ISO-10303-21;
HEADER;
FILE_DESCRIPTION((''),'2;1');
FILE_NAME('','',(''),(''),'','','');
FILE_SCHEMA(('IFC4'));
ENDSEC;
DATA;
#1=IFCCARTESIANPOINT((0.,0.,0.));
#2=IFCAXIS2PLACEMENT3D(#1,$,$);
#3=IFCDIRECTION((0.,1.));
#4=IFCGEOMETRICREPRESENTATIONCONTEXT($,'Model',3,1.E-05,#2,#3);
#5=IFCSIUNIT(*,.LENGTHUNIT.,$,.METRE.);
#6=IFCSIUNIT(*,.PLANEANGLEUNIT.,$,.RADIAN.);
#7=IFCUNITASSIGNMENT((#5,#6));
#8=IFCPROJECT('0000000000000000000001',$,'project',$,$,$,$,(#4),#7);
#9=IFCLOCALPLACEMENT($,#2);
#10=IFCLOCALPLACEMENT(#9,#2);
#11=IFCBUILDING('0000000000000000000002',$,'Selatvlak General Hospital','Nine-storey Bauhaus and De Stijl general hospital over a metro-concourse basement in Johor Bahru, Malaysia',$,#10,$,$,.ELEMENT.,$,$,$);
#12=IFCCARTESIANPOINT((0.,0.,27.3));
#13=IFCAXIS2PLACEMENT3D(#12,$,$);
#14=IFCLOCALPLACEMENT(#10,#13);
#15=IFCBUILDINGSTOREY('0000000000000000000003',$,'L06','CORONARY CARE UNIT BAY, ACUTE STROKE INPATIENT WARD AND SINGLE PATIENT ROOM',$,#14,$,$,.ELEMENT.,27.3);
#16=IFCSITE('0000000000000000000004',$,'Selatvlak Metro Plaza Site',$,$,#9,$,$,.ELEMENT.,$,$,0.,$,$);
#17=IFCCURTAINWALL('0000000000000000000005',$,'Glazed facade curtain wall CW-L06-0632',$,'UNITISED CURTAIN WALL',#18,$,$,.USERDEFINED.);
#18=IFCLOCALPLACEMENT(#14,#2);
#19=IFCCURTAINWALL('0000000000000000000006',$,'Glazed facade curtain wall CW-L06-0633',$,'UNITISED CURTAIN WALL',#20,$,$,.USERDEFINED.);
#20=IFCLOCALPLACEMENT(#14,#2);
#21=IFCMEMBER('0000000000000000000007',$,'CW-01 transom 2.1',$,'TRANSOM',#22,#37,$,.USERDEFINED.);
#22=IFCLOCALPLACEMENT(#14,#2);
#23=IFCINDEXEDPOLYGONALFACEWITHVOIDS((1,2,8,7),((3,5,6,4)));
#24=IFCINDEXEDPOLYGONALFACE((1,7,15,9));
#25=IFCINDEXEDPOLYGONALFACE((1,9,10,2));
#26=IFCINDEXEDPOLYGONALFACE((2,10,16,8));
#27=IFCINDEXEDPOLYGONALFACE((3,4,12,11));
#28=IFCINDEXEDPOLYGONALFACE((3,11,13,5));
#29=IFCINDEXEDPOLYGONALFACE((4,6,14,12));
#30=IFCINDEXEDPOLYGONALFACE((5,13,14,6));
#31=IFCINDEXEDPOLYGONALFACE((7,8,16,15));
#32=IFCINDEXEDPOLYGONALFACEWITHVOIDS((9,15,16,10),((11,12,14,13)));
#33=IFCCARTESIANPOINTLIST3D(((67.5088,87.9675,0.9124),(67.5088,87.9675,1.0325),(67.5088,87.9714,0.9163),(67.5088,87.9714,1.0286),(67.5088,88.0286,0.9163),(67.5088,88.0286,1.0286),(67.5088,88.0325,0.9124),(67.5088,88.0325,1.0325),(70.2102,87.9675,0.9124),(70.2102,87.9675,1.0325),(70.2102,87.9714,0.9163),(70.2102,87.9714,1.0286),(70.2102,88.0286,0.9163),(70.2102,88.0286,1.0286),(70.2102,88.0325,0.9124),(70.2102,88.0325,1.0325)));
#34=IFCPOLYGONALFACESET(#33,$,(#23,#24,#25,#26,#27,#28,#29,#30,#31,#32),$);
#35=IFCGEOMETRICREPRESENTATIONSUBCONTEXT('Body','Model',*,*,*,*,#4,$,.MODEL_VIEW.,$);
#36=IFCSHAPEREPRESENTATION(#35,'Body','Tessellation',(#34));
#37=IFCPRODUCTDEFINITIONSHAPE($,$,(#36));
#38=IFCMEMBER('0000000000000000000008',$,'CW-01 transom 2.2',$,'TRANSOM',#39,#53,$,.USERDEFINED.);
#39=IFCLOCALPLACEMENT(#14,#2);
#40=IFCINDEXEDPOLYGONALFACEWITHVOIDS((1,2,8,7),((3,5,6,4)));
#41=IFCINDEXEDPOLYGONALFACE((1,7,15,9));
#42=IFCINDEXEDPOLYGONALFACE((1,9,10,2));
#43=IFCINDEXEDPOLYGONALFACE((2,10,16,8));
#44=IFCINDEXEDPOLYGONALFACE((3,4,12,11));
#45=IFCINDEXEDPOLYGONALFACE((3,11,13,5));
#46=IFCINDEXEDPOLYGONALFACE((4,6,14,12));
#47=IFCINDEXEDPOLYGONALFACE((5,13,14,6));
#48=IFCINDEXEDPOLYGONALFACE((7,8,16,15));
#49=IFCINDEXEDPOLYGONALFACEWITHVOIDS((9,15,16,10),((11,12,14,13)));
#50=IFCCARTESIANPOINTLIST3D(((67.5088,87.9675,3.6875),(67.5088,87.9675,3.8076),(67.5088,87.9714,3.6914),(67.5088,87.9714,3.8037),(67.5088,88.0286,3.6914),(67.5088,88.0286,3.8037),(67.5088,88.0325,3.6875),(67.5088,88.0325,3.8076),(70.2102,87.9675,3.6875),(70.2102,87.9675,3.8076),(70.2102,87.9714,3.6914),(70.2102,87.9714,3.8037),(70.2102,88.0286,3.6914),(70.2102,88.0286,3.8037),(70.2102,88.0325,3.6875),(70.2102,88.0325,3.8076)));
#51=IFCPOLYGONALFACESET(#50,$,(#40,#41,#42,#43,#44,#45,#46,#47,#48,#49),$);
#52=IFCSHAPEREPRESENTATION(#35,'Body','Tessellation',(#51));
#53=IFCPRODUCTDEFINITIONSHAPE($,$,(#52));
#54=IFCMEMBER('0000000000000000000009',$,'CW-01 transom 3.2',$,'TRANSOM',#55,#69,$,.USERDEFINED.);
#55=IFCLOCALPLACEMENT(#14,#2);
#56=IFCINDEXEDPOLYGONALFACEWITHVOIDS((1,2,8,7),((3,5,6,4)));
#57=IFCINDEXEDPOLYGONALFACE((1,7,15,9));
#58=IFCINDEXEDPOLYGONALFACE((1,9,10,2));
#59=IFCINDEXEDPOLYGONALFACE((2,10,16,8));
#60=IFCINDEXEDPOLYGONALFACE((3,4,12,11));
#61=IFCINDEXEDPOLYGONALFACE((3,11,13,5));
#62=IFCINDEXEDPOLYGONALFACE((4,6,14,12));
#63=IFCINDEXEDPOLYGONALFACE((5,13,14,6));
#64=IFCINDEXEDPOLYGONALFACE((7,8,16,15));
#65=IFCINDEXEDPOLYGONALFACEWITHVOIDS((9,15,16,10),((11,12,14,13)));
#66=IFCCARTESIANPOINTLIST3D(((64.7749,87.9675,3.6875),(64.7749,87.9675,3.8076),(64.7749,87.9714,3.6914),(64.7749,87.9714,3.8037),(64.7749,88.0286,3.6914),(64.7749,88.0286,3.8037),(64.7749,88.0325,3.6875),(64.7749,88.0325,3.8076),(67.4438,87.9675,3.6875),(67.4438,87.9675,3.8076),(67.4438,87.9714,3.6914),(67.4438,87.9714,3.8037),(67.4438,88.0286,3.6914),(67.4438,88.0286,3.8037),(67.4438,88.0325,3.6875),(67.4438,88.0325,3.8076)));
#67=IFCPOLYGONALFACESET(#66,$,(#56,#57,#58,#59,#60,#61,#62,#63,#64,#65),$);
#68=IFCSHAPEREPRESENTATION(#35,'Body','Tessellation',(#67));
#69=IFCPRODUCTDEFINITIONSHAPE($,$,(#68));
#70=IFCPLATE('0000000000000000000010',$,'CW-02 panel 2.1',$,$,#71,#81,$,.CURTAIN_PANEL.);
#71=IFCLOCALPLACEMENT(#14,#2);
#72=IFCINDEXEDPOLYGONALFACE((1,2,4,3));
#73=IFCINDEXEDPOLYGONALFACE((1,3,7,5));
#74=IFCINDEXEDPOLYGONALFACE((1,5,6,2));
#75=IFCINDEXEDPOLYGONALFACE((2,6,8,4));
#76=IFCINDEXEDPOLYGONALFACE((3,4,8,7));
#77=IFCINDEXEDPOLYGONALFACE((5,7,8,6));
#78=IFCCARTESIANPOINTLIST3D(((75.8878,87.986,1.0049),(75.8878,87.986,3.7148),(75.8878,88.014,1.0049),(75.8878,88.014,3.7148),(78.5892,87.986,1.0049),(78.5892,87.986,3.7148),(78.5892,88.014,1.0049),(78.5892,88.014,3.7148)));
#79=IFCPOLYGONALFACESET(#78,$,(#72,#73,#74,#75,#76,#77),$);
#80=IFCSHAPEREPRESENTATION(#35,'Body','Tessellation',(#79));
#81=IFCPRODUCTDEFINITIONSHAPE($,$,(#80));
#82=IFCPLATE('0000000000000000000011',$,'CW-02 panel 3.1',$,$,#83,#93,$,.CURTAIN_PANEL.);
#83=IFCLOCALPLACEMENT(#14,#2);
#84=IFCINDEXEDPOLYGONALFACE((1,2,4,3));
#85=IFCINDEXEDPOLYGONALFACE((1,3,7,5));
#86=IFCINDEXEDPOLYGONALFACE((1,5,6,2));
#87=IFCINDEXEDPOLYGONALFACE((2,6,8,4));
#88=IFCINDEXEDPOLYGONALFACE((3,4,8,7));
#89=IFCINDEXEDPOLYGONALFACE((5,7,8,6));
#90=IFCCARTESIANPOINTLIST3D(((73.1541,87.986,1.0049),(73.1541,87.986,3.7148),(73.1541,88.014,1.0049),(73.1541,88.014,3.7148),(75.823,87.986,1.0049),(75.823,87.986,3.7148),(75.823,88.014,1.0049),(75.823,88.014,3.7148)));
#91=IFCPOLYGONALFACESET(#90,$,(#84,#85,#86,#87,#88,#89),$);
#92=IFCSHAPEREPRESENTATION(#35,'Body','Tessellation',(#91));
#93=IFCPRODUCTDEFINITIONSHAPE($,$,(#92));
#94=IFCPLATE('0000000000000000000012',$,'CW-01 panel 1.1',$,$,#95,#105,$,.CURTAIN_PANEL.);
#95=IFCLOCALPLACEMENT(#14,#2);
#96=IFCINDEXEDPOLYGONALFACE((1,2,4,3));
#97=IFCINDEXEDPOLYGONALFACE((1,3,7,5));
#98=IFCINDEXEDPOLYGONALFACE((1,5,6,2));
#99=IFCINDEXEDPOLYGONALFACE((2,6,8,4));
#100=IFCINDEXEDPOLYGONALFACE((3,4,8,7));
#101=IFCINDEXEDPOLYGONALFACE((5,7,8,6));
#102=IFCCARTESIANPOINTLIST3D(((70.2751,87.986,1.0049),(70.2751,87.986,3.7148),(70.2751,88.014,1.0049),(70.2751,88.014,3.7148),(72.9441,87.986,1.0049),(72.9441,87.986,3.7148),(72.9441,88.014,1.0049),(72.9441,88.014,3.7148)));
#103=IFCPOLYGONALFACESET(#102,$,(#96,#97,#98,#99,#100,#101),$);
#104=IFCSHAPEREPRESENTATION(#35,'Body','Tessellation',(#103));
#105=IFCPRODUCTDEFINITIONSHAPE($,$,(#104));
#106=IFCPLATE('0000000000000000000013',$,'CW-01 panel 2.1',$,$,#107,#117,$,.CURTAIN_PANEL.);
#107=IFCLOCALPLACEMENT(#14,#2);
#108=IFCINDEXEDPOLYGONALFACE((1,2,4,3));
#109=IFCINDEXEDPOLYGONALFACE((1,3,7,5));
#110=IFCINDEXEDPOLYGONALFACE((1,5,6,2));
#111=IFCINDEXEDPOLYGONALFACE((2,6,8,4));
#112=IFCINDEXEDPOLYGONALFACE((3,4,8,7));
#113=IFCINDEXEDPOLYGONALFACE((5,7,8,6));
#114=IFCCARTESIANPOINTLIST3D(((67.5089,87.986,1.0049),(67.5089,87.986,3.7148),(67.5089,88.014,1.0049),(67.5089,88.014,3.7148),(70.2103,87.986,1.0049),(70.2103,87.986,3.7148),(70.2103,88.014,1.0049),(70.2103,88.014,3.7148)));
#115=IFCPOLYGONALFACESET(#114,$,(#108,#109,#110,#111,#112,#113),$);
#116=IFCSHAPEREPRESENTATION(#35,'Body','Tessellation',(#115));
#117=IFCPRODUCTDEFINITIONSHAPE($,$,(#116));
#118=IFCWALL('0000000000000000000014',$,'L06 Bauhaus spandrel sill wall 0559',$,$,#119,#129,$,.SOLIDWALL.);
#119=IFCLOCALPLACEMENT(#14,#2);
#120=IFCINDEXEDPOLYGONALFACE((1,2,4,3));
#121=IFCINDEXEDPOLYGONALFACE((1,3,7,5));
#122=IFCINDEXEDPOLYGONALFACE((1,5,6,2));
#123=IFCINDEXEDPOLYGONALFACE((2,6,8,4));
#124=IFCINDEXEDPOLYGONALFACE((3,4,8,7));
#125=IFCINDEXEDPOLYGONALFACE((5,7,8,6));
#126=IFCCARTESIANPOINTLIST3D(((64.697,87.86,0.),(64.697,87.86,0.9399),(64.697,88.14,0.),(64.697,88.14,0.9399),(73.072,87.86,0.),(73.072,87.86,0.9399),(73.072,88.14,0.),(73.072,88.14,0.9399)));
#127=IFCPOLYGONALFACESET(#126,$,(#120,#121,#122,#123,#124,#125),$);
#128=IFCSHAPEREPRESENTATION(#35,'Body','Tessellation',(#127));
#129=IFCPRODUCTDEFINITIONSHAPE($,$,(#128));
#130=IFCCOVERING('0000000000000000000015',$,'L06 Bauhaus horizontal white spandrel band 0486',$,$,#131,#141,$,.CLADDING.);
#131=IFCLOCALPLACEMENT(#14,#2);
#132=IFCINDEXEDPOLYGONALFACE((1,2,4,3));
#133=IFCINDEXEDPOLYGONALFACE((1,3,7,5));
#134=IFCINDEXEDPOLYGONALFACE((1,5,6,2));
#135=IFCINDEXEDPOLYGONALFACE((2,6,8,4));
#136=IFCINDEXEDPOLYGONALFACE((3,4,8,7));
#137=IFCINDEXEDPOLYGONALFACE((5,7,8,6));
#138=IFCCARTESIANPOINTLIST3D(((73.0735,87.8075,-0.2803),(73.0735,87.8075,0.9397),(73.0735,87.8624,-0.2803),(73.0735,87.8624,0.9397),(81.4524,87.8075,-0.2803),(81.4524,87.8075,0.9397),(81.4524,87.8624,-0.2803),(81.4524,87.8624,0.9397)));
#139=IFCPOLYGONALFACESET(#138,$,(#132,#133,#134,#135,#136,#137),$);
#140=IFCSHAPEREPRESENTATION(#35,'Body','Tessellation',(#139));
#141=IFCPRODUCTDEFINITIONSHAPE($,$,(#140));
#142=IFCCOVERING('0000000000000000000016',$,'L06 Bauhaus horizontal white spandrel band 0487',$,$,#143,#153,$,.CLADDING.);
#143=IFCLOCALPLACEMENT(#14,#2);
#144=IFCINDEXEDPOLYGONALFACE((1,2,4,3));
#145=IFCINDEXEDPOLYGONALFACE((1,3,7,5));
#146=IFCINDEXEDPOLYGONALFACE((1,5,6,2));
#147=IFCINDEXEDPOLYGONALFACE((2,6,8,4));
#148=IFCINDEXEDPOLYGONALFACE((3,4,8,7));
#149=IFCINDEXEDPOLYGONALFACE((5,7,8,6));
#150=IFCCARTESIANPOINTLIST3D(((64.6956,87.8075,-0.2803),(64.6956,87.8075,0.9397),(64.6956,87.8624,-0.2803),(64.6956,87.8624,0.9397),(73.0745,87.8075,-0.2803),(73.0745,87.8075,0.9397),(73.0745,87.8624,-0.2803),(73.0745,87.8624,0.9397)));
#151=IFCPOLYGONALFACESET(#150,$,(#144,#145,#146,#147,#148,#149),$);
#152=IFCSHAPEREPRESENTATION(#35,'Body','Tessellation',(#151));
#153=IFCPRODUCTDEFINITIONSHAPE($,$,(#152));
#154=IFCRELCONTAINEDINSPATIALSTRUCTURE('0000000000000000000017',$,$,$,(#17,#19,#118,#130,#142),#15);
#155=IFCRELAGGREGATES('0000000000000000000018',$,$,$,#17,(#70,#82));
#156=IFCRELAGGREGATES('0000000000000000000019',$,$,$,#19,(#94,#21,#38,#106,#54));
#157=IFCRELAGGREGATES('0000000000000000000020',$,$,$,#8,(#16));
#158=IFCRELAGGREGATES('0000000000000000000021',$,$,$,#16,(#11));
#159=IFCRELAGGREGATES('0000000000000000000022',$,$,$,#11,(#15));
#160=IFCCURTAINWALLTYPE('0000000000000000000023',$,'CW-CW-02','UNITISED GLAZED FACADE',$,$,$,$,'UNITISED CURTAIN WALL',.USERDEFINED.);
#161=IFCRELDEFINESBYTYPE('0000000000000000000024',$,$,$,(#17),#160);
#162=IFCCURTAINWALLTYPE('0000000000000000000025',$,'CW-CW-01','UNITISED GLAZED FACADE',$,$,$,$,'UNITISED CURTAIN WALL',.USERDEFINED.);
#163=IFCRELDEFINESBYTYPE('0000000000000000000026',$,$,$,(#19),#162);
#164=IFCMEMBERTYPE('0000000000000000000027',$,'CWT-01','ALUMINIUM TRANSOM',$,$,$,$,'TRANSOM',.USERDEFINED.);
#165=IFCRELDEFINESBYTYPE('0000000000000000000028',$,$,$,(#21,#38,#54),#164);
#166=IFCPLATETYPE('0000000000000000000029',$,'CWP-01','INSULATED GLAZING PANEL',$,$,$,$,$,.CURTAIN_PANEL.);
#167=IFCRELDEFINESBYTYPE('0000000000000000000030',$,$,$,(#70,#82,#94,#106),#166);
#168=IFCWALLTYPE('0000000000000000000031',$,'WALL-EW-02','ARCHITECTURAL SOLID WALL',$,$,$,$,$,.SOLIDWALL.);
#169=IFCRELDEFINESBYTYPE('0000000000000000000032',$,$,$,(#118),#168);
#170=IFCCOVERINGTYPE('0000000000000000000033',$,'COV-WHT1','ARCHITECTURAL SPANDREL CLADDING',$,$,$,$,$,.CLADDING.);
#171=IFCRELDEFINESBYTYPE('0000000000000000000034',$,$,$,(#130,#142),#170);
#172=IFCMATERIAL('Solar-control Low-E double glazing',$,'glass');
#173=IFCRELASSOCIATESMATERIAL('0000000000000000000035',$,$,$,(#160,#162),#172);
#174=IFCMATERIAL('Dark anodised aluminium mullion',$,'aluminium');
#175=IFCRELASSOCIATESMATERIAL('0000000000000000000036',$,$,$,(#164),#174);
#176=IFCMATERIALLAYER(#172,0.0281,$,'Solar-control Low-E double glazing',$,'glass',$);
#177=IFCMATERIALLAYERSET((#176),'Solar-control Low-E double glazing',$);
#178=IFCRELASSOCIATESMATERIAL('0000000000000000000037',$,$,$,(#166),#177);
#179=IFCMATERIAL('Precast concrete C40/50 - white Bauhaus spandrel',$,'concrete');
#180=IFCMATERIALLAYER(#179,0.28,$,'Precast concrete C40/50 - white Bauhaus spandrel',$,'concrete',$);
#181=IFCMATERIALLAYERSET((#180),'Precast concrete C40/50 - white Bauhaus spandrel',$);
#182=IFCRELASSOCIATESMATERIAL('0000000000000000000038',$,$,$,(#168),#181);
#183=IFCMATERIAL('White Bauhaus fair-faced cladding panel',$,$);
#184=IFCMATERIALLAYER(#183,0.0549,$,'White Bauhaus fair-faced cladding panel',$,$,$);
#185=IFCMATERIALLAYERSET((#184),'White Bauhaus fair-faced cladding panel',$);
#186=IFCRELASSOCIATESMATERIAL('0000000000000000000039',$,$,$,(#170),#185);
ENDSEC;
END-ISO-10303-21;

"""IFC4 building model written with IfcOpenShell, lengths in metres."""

from ifc_helpers import new_model, si_unit, direction, frame, frame_2d, origin, origin_2d, place, context, subcontext, project, spatial, rectangle, hollow_rectangle, extrude, material, layer, layer_set, material_profile, profile_set, type_object, element, aggregate, save


model = new_model("IFC4")

# Units and contexts
model_context = context("Model", 3, precision=1e-05, world=origin(), true_north=direction((0.0, 1.0)))
body_context = subcontext(model_context, "Body", "Model", "MODEL_VIEW")
ifc_project = project(units=[si_unit("LENGTHUNIT", "METRE"), si_unit("PLANEANGLEUNIT", "RADIAN")], contexts=[model_context])

# Site, building, storey
site_placement = place(None, origin())
site = spatial("IfcSite", under=ifc_project, at=site_placement, Name="Selatvlak Metro Plaza Site", CompositionType="ELEMENT", RefElevation=0.0)
building_placement = place(site_placement, origin())
building = spatial("IfcBuilding", under=site, at=building_placement, Name="Selatvlak General Hospital", Description="Nine-storey Bauhaus and De Stijl general hospital over a metro-concourse basement in Johor Bahru, Malaysia", CompositionType="ELEMENT")
storey_placement = place(building_placement, frame((0.0, 0.0, 27.3)))
storey = spatial("IfcBuildingStorey", under=building, at=storey_placement, Name="L06", Description="CORONARY CARE UNIT BAY, ACUTE STROKE INPATIENT WARD AND SINGLE PATIENT ROOM", CompositionType="ELEMENT", Elevation=27.3)

# Curtain walls
ifc_material_1 = material(Name="Solar-control Low-E double glazing", Category="glass")
curtain_wall_type_1 = type_object("IfcCurtainWallType", Name="CW-CW-02", Description="UNITISED GLAZED FACADE", ElementType="UNITISED CURTAIN WALL", PredefinedType="USERDEFINED", material=ifc_material_1)
curtain_wall_1_placement = place(storey_placement, origin())
curtain_wall_1 = element("IfcCurtainWall", 1, at=curtain_wall_1_placement, inside=storey, type_object=curtain_wall_type_1, Name="Glazed facade curtain wall CW-L06-0632", ObjectType="UNITISED CURTAIN WALL", PredefinedType="USERDEFINED")
ifc_material_2 = material(Name="Dark anodised aluminium mullion", Category="aluminium")
curtain_wall_type_2 = type_object("IfcCurtainWallType", Name="CW-CW-01", Description="UNITISED GLAZED FACADE", ElementType="UNITISED CURTAIN WALL", PredefinedType="USERDEFINED", material=ifc_material_1)
curtain_wall_2_placement = place(storey_placement, origin())
curtain_wall_2 = element("IfcCurtainWall", 2, at=curtain_wall_2_placement, inside=storey, type_object=curtain_wall_type_2, Name="Glazed facade curtain wall CW-L06-0633", ObjectType="UNITISED CURTAIN WALL", PredefinedType="USERDEFINED")

# Members
ifc_material_profile_1 = material_profile(ifc_material_2, hollow_rectangle(XDim=0.0649, YDim=0.1201, WallThickness=0.0039, at=origin_2d()), Name="AL-TRN 65x120x4")
ifc_profile_set_1 = profile_set([ifc_material_profile_1], Name="Dark anodised aluminium mullion")
member_type_1 = type_object("IfcMemberType", Name="CWT-01", Description="ALUMINIUM TRANSOM", ElementType="TRANSOM", PredefinedType="USERDEFINED", material=ifc_profile_set_1)
member_1_placement = place(storey_placement, frame((70.2102, 88.0, 0.9724), z_axis=(-1.0, 0.0, 0.0), x_axis=(0.0, -1.0, 0.0)))
member_1 = element("IfcMember", 3, at=member_1_placement, type_object=member_type_1, Name="CW-01 transom 2.1", ObjectType="TRANSOM", PredefinedType="USERDEFINED", context=body_context, shape_type="SweptSolid", body=[
    extrude(hollow_rectangle(XDim=0.0649, YDim=0.1201, WallThickness=0.0039, at=origin_2d()), origin(), (0.0, 0.0, 1.0), 2.7014),
])
member_2_placement = place(storey_placement, frame((70.2102, 88.0, 3.7476), z_axis=(-1.0, 0.0, 0.0), x_axis=(0.0, -1.0, 0.0)))
member_2 = element("IfcMember", 4, at=member_2_placement, type_object=member_type_1, Name="CW-01 transom 2.2", ObjectType="TRANSOM", PredefinedType="USERDEFINED", context=body_context, shape_type="SweptSolid", body=[
    extrude(hollow_rectangle(XDim=0.0649, YDim=0.1201, WallThickness=0.0039, at=origin_2d()), origin(), (0.0, 0.0, 1.0), 2.7014),
])
member_3_placement = place(storey_placement, frame((67.4438, 88.0, 3.7476), z_axis=(-1.0, 0.0, 0.0), x_axis=(0.0, -1.0, 0.0)))
member_3 = element("IfcMember", 5, at=member_3_placement, type_object=member_type_1, Name="CW-01 transom 3.2", ObjectType="TRANSOM", PredefinedType="USERDEFINED", context=body_context, shape_type="SweptSolid", body=[
    extrude(hollow_rectangle(XDim=0.0649, YDim=0.1201, WallThickness=0.0039, at=origin_2d()), origin(), (0.0, 0.0, 1.0), 2.6689),
])

# Plates
ifc_layer_1 = layer(ifc_material_1, 0.0281, Name="Solar-control Low-E double glazing", Category="glass")
ifc_layer_set_1 = layer_set([ifc_layer_1], Name="Solar-control Low-E double glazing")
plate_type = type_object("IfcPlateType", Name="CWP-01", Description="INSULATED GLAZING PANEL", PredefinedType="CURTAIN_PANEL", material=ifc_layer_set_1)
plate_1_placement = place(storey_placement, frame((77.2385, 88.0, 1.0049), z_axis=(0.0, 0.0, 1.0), x_axis=(-1.0, 0.0, 0.0)))
plate_1 = element("IfcPlate", 6, at=plate_1_placement, type_object=plate_type, Name="CW-02 panel 2.1", PredefinedType="CURTAIN_PANEL", context=body_context, shape_type="SweptSolid", body=[
    extrude(rectangle(XDim=2.7014, YDim=0.0281, at=origin_2d()), origin(), (0.0, 0.0, 1.0), 2.71),
])
plate_2_placement = place(storey_placement, frame((74.4885, 88.0, 1.0049), z_axis=(0.0, 0.0, 1.0), x_axis=(-1.0, 0.0, 0.0)))
plate_2 = element("IfcPlate", 7, at=plate_2_placement, type_object=plate_type, Name="CW-02 panel 3.1", PredefinedType="CURTAIN_PANEL", context=body_context, shape_type="SweptSolid", body=[
    extrude(rectangle(XDim=2.6689, YDim=0.0281, at=origin_2d()), origin(), (0.0, 0.0, 1.0), 2.71),
])
aggregate(curtain_wall_1, [plate_1, plate_2])
plate_3_placement = place(storey_placement, frame((71.6096, 88.0, 1.0049), z_axis=(0.0, 0.0, 1.0), x_axis=(-1.0, 0.0, 0.0)))
plate_3 = element("IfcPlate", 8, at=plate_3_placement, type_object=plate_type, Name="CW-01 panel 1.1", PredefinedType="CURTAIN_PANEL", context=body_context, shape_type="SweptSolid", body=[
    extrude(rectangle(XDim=2.6689, YDim=0.0281, at=origin_2d()), origin(), (0.0, 0.0, 1.0), 2.71),
])
plate_4_placement = place(storey_placement, frame((68.8596, 88.0, 1.0049), z_axis=(0.0, 0.0, 1.0), x_axis=(-1.0, 0.0, 0.0)))
plate_4 = element("IfcPlate", 9, at=plate_4_placement, type_object=plate_type, Name="CW-01 panel 2.1", PredefinedType="CURTAIN_PANEL", context=body_context, shape_type="SweptSolid", body=[
    extrude(rectangle(XDim=2.7014, YDim=0.0281, at=origin_2d()), origin(), (0.0, 0.0, 1.0), 2.71),
])
aggregate(curtain_wall_2, [plate_3, member_1, member_2, plate_4, member_3])

# Wall
ifc_material_3 = material(Name="Precast concrete C40/50 - white Bauhaus spandrel", Category="concrete")
ifc_layer_2 = layer(ifc_material_3, 0.28, Name="Precast concrete C40/50 - white Bauhaus spandrel", Category="concrete")
ifc_layer_set_2 = layer_set([ifc_layer_2], Name="Precast concrete C40/50 - white Bauhaus spandrel")
wall_type = type_object("IfcWallType", Name="WALL-EW-02", Description="ARCHITECTURAL SOLID WALL", PredefinedType="SOLIDWALL", material=ifc_layer_set_2)
wall_placement = place(storey_placement, frame((73.072, 88.0, 0.0), z_axis=(0.0, 0.0, 1.0), x_axis=(-1.0, 0.0, 0.0)))
element("IfcWall", 10, at=wall_placement, inside=storey, type_object=wall_type, Name="L06 Bauhaus spandrel sill wall 0559", PredefinedType="SOLIDWALL", context=body_context, shape_type="SweptSolid", body=[
    extrude(rectangle(XDim=8.375, YDim=0.28, at=frame_2d((4.1875, 0.0))), origin(), (0.0, 0.0, 1.0), 0.9399),
])

# Coverings
ifc_material_4 = material(Name="White Bauhaus fair-faced cladding panel")
ifc_layer_3 = layer(ifc_material_4, 0.0549, Name="White Bauhaus fair-faced cladding panel")
ifc_layer_set_3 = layer_set([ifc_layer_3], Name="White Bauhaus fair-faced cladding panel")
covering_type = type_object("IfcCoveringType", Name="COV-WHT1", Description="ARCHITECTURAL SPANDREL CLADDING", PredefinedType="CLADDING", material=ifc_layer_set_3)
for number, where, z_axis, x_axis, name in (
    (11, (77.2629, 87.835, -0.2803), (0.0, 0.0, 1.0), (-1.0, 0.0, 0.0), "L06 Bauhaus horizontal white spandrel band 0486"),
    (12, (68.885, 87.835, -0.2803), (0.0, 0.0, 1.0), (-1.0, 0.0, 0.0), "L06 Bauhaus horizontal white spandrel band 0487"),
):
    element("IfcCovering", number, at=place(storey_placement, frame(where, z_axis=z_axis, x_axis=x_axis)), inside=storey, type_object=covering_type, Name=name, PredefinedType="CLADDING", context=body_context, shape_type="SweptSolid", body=[
        extrude(rectangle(XDim=8.3789, YDim=0.0549, at=origin_2d()), origin(), (0.0, 0.0, 1.0), 1.22),
    ])

save(model, "model.ifc")
